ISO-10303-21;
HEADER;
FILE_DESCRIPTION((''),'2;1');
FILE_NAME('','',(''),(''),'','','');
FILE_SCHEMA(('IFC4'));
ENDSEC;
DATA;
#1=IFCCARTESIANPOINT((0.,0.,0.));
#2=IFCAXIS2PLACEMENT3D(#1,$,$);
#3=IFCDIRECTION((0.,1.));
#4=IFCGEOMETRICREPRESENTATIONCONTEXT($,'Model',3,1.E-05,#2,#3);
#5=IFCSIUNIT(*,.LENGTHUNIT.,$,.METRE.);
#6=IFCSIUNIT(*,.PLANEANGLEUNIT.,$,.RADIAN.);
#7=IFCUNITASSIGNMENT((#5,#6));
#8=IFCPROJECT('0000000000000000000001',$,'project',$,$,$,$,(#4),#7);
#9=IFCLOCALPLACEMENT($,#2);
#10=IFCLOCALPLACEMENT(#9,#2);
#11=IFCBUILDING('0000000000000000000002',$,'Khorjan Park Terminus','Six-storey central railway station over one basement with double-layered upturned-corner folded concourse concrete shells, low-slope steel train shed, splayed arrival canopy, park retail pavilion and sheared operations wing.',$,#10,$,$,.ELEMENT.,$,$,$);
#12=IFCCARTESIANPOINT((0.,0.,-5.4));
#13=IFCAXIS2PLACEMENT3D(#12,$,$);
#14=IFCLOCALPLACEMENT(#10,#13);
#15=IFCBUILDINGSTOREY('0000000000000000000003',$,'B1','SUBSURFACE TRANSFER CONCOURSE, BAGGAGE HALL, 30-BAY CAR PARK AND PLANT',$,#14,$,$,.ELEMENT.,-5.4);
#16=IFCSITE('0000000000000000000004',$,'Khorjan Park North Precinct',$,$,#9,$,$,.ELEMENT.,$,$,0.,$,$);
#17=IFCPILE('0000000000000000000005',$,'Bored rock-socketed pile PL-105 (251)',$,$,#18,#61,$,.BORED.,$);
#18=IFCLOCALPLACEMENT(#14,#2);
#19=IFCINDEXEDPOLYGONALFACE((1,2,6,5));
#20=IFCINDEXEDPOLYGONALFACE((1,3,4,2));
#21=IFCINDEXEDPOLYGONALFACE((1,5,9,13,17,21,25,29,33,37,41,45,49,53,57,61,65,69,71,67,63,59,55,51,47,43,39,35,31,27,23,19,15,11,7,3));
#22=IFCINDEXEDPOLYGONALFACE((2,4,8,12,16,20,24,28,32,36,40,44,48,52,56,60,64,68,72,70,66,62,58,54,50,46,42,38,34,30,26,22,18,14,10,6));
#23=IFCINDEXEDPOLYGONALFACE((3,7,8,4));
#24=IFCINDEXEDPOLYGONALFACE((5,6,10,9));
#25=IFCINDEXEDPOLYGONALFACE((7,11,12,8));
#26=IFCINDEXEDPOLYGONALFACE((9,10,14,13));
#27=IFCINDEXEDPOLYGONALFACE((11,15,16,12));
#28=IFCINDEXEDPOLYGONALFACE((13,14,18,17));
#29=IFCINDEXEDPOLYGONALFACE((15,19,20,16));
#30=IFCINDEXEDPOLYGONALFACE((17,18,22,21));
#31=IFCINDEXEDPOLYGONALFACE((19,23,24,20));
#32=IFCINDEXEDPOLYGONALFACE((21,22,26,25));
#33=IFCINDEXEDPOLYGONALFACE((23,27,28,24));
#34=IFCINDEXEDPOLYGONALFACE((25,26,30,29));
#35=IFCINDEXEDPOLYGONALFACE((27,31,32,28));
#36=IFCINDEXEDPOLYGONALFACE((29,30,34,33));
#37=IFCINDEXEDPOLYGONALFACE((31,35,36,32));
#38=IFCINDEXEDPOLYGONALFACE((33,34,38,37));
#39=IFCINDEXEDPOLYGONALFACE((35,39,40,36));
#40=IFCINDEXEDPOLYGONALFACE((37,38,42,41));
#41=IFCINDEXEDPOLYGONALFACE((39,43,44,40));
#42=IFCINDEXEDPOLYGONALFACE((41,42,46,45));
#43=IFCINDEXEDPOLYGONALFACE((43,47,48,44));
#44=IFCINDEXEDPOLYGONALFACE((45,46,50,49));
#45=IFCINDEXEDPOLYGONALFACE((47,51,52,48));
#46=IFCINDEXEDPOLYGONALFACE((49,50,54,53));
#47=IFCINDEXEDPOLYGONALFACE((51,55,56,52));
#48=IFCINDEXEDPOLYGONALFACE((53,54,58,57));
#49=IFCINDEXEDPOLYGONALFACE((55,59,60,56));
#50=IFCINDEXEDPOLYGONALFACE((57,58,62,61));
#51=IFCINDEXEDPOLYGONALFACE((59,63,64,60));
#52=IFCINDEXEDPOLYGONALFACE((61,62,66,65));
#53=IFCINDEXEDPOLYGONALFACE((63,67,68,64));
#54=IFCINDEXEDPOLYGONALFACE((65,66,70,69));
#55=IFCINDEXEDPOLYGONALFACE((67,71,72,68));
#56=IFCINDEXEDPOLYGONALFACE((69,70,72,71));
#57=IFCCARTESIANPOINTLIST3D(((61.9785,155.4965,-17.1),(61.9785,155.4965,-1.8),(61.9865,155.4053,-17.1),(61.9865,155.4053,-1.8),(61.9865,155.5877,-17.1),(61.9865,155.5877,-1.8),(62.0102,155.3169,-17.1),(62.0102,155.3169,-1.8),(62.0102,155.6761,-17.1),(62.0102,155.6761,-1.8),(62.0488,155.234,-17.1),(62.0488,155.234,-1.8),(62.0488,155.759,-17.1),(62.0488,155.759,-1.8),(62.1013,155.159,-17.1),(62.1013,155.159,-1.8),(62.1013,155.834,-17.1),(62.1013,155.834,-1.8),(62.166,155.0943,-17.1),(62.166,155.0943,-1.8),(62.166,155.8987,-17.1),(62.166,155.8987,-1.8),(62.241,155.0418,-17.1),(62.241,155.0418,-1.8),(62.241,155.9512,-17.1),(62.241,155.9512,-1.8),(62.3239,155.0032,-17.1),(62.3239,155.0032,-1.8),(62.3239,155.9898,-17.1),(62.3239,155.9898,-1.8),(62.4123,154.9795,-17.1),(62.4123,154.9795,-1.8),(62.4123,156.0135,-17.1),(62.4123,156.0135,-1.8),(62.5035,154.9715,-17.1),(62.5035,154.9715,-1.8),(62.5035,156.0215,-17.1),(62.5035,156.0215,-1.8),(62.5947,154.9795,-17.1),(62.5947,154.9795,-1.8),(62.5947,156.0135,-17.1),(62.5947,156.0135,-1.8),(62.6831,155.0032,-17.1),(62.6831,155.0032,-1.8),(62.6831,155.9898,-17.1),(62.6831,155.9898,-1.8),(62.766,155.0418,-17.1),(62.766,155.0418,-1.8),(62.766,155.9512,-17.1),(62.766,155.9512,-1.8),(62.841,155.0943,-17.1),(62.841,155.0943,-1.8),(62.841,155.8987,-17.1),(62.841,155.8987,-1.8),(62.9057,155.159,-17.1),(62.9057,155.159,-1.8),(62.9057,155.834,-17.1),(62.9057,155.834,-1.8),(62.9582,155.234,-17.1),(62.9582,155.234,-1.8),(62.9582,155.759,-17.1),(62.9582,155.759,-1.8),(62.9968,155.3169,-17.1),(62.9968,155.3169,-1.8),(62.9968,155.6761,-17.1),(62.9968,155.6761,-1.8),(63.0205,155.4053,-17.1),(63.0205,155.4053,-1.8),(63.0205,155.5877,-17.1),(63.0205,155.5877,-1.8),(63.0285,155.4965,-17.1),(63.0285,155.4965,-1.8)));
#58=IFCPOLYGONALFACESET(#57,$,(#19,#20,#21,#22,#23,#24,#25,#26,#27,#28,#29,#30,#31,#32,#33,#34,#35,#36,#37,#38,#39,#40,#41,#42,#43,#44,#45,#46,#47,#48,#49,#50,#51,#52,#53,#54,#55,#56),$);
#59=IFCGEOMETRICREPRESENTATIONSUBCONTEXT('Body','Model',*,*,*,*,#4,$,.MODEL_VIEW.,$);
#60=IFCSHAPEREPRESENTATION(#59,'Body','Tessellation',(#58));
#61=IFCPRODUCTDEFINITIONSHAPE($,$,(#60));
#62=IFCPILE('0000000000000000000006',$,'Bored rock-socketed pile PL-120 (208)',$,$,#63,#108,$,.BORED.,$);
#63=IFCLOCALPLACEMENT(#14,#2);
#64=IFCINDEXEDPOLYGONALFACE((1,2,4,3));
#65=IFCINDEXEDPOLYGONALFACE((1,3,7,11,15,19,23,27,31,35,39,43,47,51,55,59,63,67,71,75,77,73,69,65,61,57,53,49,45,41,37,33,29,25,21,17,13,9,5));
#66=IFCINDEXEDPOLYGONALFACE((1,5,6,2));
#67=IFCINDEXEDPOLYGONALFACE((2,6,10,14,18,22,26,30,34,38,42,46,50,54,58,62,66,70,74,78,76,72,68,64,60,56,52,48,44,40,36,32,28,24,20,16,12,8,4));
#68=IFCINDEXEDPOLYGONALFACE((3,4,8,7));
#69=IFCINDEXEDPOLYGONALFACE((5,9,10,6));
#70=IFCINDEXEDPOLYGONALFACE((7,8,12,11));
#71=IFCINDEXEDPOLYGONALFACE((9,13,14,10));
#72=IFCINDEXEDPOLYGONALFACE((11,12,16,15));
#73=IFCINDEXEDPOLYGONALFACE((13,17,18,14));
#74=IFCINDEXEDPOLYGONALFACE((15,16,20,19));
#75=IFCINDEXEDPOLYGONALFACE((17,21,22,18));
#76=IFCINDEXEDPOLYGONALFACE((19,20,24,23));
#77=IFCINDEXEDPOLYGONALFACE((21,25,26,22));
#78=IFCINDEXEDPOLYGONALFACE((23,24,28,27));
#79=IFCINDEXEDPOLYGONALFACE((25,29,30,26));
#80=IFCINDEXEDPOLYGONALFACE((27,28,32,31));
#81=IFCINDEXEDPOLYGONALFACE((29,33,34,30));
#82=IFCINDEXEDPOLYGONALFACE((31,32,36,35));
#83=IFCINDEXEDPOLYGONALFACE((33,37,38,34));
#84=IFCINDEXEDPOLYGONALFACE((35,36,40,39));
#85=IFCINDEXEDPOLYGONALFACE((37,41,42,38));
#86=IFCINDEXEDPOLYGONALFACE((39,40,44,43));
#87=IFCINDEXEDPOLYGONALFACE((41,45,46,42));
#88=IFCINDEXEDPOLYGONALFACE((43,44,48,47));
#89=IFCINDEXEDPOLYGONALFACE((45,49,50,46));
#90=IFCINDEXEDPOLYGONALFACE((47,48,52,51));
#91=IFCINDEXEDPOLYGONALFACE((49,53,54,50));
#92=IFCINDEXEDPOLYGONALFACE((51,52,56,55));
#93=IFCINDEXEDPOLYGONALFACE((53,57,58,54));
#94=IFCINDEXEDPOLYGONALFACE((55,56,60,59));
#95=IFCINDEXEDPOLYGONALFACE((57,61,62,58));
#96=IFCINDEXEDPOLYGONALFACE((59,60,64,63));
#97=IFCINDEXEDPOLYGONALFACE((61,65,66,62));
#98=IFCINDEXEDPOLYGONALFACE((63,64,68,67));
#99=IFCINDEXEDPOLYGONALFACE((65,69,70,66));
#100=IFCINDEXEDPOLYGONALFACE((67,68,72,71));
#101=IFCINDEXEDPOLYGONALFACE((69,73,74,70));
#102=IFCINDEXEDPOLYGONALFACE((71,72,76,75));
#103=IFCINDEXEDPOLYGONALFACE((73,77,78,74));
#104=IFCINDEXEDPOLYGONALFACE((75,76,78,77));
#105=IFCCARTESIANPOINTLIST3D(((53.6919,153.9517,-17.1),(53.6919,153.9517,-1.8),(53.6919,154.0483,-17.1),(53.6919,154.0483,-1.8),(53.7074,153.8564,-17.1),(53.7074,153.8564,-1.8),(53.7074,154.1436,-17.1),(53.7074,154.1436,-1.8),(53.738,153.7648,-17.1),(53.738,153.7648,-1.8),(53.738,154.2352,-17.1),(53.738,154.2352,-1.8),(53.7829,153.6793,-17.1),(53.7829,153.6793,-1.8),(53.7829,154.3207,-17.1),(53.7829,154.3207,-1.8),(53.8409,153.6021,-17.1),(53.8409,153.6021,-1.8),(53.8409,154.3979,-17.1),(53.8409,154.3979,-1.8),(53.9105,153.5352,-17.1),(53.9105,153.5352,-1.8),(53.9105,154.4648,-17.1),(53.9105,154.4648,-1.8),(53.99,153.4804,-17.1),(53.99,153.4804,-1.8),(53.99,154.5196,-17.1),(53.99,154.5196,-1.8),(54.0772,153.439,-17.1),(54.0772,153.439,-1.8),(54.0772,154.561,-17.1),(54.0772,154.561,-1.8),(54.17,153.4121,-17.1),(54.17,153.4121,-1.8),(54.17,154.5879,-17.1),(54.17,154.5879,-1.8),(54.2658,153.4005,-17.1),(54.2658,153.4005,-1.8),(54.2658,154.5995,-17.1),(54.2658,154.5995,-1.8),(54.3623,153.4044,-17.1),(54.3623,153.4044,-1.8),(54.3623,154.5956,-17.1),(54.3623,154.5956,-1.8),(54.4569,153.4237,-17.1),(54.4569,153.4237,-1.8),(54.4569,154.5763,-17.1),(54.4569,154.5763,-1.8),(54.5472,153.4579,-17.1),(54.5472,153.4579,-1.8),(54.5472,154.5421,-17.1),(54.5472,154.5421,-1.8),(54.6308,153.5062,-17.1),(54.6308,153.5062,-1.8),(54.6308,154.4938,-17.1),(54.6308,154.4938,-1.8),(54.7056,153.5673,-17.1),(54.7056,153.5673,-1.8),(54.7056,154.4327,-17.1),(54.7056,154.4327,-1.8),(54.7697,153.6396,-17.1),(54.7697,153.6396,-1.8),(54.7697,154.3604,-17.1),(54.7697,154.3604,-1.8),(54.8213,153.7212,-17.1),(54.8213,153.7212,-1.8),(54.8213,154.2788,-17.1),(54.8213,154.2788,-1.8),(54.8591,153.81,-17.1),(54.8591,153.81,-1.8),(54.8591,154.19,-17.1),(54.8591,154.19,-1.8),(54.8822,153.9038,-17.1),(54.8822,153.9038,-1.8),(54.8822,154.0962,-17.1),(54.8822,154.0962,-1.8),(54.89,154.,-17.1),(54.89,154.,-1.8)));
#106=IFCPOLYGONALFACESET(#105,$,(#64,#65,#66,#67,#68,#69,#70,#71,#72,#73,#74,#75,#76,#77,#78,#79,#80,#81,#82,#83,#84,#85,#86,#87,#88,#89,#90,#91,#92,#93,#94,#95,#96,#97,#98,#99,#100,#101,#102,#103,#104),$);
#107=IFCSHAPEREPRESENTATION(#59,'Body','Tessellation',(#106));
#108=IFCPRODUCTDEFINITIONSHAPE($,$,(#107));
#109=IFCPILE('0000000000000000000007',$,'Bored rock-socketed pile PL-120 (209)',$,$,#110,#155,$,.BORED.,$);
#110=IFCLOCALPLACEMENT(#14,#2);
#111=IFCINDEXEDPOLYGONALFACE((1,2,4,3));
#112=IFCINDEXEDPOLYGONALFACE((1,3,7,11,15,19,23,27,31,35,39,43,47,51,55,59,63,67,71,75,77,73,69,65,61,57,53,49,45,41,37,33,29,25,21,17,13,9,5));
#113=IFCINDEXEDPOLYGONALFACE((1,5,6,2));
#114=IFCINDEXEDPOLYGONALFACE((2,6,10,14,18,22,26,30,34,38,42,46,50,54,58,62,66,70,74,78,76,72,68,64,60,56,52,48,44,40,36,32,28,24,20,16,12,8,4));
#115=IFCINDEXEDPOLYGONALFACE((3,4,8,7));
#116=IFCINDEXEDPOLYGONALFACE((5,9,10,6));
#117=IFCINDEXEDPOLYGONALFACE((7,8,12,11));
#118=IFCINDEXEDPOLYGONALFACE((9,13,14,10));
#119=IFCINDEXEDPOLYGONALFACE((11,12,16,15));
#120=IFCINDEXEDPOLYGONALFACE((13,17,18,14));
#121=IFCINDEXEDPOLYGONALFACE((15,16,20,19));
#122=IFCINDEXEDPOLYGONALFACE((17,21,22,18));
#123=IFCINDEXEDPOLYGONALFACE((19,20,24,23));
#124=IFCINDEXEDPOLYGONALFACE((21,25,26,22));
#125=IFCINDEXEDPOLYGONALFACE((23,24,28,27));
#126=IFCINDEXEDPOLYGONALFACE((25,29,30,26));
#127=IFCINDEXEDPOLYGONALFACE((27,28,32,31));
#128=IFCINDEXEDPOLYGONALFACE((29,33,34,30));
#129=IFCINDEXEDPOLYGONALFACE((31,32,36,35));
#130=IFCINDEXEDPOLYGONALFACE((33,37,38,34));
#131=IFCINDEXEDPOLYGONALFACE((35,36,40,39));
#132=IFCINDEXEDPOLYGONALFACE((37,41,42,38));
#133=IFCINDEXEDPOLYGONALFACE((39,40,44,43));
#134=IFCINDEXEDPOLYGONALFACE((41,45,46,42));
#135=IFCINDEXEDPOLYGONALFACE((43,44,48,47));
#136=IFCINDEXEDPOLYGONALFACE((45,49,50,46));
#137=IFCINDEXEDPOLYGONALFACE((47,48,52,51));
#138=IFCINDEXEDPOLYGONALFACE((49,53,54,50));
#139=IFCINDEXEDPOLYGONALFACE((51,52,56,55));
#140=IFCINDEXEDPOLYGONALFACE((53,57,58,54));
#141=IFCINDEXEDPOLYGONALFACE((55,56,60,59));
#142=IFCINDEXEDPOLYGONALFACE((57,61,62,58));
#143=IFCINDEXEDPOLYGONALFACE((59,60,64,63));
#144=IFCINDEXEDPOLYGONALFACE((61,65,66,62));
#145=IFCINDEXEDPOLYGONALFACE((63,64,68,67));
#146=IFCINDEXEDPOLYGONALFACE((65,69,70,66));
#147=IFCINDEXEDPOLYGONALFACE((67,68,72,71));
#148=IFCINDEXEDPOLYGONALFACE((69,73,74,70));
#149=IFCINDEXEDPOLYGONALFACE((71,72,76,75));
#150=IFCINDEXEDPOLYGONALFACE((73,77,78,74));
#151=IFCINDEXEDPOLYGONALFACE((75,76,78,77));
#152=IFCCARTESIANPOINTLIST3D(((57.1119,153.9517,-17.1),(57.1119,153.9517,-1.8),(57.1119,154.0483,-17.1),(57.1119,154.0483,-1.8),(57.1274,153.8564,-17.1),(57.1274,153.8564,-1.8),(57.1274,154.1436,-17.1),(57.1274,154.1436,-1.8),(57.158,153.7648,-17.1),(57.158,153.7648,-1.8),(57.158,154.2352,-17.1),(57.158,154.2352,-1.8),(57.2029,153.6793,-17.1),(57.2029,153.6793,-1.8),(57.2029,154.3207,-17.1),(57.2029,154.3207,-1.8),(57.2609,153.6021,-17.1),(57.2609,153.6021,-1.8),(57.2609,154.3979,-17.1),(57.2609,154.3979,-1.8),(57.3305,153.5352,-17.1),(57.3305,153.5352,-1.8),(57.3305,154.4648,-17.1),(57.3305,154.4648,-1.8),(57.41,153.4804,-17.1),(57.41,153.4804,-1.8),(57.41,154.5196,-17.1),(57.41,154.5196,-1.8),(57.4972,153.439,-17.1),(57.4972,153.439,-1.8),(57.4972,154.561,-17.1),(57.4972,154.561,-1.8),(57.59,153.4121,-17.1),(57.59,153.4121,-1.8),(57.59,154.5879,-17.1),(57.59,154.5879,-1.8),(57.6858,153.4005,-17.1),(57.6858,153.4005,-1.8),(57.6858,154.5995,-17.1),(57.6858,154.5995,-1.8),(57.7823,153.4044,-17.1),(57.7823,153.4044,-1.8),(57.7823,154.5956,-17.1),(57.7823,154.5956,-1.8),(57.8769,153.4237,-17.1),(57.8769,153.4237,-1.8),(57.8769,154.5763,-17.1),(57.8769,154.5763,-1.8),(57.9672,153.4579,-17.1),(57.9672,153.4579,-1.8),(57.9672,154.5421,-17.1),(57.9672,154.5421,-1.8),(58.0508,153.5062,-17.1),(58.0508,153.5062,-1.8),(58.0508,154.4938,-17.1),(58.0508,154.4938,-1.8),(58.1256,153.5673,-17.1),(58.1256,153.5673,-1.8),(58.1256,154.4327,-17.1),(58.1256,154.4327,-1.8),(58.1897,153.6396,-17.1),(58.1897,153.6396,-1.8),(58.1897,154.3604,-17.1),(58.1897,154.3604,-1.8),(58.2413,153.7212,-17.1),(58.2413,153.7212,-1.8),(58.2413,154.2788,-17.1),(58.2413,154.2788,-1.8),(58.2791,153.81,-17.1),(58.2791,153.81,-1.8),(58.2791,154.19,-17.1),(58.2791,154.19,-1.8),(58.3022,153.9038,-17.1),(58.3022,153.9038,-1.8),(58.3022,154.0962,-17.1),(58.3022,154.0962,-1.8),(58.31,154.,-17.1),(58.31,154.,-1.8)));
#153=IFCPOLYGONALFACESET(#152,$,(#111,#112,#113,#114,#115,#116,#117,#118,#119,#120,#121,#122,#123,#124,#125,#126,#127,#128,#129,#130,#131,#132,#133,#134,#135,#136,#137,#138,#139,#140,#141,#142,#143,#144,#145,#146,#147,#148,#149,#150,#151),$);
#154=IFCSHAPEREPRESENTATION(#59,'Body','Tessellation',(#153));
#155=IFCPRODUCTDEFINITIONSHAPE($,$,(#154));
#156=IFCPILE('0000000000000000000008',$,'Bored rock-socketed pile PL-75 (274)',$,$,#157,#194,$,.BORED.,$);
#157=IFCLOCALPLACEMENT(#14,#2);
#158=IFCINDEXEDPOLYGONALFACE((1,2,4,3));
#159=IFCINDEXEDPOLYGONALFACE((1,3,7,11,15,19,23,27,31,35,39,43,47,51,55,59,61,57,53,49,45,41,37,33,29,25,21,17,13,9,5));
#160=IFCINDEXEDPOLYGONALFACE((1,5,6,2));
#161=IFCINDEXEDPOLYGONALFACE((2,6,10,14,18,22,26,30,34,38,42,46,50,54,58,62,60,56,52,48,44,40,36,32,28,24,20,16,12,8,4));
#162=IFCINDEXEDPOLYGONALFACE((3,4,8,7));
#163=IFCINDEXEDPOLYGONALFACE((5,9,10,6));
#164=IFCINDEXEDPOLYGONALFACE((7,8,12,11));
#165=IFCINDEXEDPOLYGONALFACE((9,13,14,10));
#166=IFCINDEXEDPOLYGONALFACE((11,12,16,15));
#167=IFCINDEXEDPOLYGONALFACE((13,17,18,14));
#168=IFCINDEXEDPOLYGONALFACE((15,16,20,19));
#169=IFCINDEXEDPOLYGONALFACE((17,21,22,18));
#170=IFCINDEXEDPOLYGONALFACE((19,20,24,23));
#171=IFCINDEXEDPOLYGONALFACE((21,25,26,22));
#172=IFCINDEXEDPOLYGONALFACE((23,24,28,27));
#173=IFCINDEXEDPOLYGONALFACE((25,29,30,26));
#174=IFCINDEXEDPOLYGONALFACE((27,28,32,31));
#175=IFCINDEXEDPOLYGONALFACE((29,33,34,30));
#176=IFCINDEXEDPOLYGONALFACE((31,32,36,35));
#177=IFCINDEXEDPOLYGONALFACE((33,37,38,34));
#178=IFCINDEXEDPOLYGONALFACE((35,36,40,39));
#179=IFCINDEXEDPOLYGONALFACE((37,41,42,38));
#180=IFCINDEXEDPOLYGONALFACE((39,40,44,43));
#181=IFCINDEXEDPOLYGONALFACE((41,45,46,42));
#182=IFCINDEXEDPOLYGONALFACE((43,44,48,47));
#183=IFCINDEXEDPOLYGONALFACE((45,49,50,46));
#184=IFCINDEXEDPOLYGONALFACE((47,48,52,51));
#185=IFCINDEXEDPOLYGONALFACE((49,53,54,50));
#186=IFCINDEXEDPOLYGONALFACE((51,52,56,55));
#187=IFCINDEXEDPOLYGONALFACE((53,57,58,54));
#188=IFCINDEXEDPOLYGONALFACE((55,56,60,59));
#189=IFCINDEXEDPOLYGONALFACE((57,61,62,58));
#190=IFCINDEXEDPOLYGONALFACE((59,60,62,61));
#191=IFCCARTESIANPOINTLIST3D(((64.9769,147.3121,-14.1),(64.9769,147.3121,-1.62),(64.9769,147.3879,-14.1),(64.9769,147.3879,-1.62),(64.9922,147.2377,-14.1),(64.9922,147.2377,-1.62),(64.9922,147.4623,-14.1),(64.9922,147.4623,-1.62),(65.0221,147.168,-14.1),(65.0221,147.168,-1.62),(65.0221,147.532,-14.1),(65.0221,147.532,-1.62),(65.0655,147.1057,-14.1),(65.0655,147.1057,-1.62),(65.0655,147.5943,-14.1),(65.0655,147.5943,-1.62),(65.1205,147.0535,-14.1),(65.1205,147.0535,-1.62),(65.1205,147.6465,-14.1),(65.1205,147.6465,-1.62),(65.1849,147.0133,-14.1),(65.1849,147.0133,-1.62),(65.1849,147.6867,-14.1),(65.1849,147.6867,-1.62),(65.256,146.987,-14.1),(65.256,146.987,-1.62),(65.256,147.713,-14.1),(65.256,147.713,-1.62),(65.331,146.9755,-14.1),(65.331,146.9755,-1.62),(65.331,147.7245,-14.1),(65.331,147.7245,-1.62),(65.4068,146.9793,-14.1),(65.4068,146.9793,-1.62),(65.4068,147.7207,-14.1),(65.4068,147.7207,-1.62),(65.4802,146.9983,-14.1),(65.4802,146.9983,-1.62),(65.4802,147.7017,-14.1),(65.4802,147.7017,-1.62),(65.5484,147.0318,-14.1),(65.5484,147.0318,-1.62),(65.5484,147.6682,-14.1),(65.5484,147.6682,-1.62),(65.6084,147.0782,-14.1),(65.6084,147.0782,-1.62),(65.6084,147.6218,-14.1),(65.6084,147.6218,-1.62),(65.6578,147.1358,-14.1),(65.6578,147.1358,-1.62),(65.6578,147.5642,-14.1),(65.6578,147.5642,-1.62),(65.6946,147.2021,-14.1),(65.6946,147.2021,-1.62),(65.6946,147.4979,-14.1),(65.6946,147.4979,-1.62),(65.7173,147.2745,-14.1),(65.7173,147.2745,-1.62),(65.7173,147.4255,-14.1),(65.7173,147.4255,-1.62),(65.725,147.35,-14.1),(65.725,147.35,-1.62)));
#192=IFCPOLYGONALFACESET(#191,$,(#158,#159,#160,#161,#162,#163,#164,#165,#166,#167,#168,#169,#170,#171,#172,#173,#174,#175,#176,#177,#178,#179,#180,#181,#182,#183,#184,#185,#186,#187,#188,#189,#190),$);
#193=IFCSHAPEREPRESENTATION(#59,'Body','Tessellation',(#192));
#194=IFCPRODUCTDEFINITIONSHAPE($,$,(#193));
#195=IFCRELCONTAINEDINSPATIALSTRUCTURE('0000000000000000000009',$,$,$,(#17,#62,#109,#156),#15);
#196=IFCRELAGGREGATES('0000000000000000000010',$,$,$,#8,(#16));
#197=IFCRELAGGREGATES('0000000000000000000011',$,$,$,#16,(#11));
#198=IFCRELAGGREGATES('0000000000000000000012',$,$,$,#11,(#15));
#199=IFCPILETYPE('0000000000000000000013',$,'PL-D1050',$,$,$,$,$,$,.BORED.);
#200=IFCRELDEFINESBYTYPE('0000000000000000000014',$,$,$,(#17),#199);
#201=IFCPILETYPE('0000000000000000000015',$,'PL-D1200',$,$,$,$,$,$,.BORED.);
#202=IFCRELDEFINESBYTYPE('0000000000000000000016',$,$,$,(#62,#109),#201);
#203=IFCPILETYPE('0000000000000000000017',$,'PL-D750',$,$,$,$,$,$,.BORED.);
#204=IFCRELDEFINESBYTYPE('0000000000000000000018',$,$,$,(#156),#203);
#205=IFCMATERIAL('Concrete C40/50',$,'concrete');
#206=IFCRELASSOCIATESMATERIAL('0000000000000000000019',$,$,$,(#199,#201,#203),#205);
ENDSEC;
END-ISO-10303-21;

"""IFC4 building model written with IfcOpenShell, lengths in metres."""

from ifc_helpers import new_model, si_unit, direction, frame, origin, origin_2d, place, context, subcontext, project, spatial, circle, extrude, material, material_profile, profile_set, type_object, element, save


model = new_model("IFC4")

# Units and contexts
model_context = context("Model", 3, precision=1e-05, world=origin(), true_north=direction((0.0, 1.0)))
body_context = subcontext(model_context, "Body", "Model", "MODEL_VIEW")
ifc_project = project(units=[si_unit("LENGTHUNIT", "METRE"), si_unit("PLANEANGLEUNIT", "RADIAN")], contexts=[model_context])

# Site, building, storey
site_placement = place(None, origin())
site = spatial("IfcSite", under=ifc_project, at=site_placement, Name="Khorjan Park North Precinct", CompositionType="ELEMENT", RefElevation=0.0)
building_placement = place(site_placement, origin())
building = spatial("IfcBuilding", under=site, at=building_placement, Name="Khorjan Park Terminus", Description="Six-storey central railway station over one basement with double-layered upturned-corner folded concourse concrete shells, low-slope steel train shed, splayed arrival canopy, park retail pavilion and sheared operations wing.", CompositionType="ELEMENT")
storey_placement = place(building_placement, frame((0.0, 0.0, -5.4)))
storey = spatial("IfcBuildingStorey", under=building, at=storey_placement, Name="B1", Description="SUBSURFACE TRANSFER CONCOURSE, BAGGAGE HALL, 30-BAY CAR PARK AND PLANT", CompositionType="ELEMENT", Elevation=-5.4)

# Shared definitions
ifc_material_1 = material(Name="Concrete C40/50", Category="concrete")

# Piles
ifc_material_profile_1 = material_profile(ifc_material_1, circle(Radius=0.525, at=origin_2d()), Name="BORED D1050")
ifc_profile_set_1 = profile_set([ifc_material_profile_1], Name="Concrete C40/50")
pile_type_1 = type_object("IfcPileType", Name="PL-D1050", PredefinedType="BORED", material=ifc_profile_set_1)
for number, where, z_axis, x_axis, name in (
    (1, (62.5035, 155.4965, -1.8), (0.0, 0.0, -1.0), (1.0, 0.0, 0.0), "Bored rock-socketed pile PL-105 (251)"),
):
    element("IfcPile", number, at=place(storey_placement, frame(where, z_axis=z_axis, x_axis=x_axis)), inside=storey, type_object=pile_type_1, Name=name, PredefinedType="BORED", context=body_context, shape_type="SweptSolid", body=[
        extrude(circle(Radius=0.525, at=origin_2d()), origin(), (0.0, 0.0, 1.0), 15.3),
    ])
ifc_material_profile_2 = material_profile(ifc_material_1, circle(Radius=0.6, at=origin_2d()), Name="BORED D1200")
ifc_profile_set_2 = profile_set([ifc_material_profile_2], Name="Concrete C40/50")
pile_type_2 = type_object("IfcPileType", Name="PL-D1200", PredefinedType="BORED", material=ifc_profile_set_2)
for number, where, z_axis, x_axis, name in (
    (2, (54.29, 154.0, -1.8), (0.0, 0.0, -1.0), (1.0, 0.0, 0.0), "Bored rock-socketed pile PL-120 (208)"),
    (3, (57.71, 154.0, -1.8), (0.0, 0.0, -1.0), (1.0, 0.0, 0.0), "Bored rock-socketed pile PL-120 (209)"),
):
    element("IfcPile", number, at=place(storey_placement, frame(where, z_axis=z_axis, x_axis=x_axis)), inside=storey, type_object=pile_type_2, Name=name, PredefinedType="BORED", context=body_context, shape_type="SweptSolid", body=[
        extrude(circle(Radius=0.6, at=origin_2d()), origin(), (0.0, 0.0, 1.0), 15.3),
    ])
ifc_material_profile_3 = material_profile(ifc_material_1, circle(Radius=0.375, at=origin_2d()), Name="BORED D750")
ifc_profile_set_3 = profile_set([ifc_material_profile_3], Name="Concrete C40/50")
pile_type_3 = type_object("IfcPileType", Name="PL-D750", PredefinedType="BORED", material=ifc_profile_set_3)
pile_placement = place(storey_placement, frame((65.35, 147.35, -1.62), z_axis=(0.0, 0.0, -1.0), x_axis=(1.0, 0.0, 0.0)))
element("IfcPile", 4, at=pile_placement, inside=storey, type_object=pile_type_3, Name="Bored rock-socketed pile PL-75 (274)", PredefinedType="BORED", context=body_context, shape_type="SweptSolid", body=[
    extrude(circle(Radius=0.375, at=origin_2d()), origin(), (0.0, 0.0, 1.0), 12.48),
])

save(model, "model.ifc")
